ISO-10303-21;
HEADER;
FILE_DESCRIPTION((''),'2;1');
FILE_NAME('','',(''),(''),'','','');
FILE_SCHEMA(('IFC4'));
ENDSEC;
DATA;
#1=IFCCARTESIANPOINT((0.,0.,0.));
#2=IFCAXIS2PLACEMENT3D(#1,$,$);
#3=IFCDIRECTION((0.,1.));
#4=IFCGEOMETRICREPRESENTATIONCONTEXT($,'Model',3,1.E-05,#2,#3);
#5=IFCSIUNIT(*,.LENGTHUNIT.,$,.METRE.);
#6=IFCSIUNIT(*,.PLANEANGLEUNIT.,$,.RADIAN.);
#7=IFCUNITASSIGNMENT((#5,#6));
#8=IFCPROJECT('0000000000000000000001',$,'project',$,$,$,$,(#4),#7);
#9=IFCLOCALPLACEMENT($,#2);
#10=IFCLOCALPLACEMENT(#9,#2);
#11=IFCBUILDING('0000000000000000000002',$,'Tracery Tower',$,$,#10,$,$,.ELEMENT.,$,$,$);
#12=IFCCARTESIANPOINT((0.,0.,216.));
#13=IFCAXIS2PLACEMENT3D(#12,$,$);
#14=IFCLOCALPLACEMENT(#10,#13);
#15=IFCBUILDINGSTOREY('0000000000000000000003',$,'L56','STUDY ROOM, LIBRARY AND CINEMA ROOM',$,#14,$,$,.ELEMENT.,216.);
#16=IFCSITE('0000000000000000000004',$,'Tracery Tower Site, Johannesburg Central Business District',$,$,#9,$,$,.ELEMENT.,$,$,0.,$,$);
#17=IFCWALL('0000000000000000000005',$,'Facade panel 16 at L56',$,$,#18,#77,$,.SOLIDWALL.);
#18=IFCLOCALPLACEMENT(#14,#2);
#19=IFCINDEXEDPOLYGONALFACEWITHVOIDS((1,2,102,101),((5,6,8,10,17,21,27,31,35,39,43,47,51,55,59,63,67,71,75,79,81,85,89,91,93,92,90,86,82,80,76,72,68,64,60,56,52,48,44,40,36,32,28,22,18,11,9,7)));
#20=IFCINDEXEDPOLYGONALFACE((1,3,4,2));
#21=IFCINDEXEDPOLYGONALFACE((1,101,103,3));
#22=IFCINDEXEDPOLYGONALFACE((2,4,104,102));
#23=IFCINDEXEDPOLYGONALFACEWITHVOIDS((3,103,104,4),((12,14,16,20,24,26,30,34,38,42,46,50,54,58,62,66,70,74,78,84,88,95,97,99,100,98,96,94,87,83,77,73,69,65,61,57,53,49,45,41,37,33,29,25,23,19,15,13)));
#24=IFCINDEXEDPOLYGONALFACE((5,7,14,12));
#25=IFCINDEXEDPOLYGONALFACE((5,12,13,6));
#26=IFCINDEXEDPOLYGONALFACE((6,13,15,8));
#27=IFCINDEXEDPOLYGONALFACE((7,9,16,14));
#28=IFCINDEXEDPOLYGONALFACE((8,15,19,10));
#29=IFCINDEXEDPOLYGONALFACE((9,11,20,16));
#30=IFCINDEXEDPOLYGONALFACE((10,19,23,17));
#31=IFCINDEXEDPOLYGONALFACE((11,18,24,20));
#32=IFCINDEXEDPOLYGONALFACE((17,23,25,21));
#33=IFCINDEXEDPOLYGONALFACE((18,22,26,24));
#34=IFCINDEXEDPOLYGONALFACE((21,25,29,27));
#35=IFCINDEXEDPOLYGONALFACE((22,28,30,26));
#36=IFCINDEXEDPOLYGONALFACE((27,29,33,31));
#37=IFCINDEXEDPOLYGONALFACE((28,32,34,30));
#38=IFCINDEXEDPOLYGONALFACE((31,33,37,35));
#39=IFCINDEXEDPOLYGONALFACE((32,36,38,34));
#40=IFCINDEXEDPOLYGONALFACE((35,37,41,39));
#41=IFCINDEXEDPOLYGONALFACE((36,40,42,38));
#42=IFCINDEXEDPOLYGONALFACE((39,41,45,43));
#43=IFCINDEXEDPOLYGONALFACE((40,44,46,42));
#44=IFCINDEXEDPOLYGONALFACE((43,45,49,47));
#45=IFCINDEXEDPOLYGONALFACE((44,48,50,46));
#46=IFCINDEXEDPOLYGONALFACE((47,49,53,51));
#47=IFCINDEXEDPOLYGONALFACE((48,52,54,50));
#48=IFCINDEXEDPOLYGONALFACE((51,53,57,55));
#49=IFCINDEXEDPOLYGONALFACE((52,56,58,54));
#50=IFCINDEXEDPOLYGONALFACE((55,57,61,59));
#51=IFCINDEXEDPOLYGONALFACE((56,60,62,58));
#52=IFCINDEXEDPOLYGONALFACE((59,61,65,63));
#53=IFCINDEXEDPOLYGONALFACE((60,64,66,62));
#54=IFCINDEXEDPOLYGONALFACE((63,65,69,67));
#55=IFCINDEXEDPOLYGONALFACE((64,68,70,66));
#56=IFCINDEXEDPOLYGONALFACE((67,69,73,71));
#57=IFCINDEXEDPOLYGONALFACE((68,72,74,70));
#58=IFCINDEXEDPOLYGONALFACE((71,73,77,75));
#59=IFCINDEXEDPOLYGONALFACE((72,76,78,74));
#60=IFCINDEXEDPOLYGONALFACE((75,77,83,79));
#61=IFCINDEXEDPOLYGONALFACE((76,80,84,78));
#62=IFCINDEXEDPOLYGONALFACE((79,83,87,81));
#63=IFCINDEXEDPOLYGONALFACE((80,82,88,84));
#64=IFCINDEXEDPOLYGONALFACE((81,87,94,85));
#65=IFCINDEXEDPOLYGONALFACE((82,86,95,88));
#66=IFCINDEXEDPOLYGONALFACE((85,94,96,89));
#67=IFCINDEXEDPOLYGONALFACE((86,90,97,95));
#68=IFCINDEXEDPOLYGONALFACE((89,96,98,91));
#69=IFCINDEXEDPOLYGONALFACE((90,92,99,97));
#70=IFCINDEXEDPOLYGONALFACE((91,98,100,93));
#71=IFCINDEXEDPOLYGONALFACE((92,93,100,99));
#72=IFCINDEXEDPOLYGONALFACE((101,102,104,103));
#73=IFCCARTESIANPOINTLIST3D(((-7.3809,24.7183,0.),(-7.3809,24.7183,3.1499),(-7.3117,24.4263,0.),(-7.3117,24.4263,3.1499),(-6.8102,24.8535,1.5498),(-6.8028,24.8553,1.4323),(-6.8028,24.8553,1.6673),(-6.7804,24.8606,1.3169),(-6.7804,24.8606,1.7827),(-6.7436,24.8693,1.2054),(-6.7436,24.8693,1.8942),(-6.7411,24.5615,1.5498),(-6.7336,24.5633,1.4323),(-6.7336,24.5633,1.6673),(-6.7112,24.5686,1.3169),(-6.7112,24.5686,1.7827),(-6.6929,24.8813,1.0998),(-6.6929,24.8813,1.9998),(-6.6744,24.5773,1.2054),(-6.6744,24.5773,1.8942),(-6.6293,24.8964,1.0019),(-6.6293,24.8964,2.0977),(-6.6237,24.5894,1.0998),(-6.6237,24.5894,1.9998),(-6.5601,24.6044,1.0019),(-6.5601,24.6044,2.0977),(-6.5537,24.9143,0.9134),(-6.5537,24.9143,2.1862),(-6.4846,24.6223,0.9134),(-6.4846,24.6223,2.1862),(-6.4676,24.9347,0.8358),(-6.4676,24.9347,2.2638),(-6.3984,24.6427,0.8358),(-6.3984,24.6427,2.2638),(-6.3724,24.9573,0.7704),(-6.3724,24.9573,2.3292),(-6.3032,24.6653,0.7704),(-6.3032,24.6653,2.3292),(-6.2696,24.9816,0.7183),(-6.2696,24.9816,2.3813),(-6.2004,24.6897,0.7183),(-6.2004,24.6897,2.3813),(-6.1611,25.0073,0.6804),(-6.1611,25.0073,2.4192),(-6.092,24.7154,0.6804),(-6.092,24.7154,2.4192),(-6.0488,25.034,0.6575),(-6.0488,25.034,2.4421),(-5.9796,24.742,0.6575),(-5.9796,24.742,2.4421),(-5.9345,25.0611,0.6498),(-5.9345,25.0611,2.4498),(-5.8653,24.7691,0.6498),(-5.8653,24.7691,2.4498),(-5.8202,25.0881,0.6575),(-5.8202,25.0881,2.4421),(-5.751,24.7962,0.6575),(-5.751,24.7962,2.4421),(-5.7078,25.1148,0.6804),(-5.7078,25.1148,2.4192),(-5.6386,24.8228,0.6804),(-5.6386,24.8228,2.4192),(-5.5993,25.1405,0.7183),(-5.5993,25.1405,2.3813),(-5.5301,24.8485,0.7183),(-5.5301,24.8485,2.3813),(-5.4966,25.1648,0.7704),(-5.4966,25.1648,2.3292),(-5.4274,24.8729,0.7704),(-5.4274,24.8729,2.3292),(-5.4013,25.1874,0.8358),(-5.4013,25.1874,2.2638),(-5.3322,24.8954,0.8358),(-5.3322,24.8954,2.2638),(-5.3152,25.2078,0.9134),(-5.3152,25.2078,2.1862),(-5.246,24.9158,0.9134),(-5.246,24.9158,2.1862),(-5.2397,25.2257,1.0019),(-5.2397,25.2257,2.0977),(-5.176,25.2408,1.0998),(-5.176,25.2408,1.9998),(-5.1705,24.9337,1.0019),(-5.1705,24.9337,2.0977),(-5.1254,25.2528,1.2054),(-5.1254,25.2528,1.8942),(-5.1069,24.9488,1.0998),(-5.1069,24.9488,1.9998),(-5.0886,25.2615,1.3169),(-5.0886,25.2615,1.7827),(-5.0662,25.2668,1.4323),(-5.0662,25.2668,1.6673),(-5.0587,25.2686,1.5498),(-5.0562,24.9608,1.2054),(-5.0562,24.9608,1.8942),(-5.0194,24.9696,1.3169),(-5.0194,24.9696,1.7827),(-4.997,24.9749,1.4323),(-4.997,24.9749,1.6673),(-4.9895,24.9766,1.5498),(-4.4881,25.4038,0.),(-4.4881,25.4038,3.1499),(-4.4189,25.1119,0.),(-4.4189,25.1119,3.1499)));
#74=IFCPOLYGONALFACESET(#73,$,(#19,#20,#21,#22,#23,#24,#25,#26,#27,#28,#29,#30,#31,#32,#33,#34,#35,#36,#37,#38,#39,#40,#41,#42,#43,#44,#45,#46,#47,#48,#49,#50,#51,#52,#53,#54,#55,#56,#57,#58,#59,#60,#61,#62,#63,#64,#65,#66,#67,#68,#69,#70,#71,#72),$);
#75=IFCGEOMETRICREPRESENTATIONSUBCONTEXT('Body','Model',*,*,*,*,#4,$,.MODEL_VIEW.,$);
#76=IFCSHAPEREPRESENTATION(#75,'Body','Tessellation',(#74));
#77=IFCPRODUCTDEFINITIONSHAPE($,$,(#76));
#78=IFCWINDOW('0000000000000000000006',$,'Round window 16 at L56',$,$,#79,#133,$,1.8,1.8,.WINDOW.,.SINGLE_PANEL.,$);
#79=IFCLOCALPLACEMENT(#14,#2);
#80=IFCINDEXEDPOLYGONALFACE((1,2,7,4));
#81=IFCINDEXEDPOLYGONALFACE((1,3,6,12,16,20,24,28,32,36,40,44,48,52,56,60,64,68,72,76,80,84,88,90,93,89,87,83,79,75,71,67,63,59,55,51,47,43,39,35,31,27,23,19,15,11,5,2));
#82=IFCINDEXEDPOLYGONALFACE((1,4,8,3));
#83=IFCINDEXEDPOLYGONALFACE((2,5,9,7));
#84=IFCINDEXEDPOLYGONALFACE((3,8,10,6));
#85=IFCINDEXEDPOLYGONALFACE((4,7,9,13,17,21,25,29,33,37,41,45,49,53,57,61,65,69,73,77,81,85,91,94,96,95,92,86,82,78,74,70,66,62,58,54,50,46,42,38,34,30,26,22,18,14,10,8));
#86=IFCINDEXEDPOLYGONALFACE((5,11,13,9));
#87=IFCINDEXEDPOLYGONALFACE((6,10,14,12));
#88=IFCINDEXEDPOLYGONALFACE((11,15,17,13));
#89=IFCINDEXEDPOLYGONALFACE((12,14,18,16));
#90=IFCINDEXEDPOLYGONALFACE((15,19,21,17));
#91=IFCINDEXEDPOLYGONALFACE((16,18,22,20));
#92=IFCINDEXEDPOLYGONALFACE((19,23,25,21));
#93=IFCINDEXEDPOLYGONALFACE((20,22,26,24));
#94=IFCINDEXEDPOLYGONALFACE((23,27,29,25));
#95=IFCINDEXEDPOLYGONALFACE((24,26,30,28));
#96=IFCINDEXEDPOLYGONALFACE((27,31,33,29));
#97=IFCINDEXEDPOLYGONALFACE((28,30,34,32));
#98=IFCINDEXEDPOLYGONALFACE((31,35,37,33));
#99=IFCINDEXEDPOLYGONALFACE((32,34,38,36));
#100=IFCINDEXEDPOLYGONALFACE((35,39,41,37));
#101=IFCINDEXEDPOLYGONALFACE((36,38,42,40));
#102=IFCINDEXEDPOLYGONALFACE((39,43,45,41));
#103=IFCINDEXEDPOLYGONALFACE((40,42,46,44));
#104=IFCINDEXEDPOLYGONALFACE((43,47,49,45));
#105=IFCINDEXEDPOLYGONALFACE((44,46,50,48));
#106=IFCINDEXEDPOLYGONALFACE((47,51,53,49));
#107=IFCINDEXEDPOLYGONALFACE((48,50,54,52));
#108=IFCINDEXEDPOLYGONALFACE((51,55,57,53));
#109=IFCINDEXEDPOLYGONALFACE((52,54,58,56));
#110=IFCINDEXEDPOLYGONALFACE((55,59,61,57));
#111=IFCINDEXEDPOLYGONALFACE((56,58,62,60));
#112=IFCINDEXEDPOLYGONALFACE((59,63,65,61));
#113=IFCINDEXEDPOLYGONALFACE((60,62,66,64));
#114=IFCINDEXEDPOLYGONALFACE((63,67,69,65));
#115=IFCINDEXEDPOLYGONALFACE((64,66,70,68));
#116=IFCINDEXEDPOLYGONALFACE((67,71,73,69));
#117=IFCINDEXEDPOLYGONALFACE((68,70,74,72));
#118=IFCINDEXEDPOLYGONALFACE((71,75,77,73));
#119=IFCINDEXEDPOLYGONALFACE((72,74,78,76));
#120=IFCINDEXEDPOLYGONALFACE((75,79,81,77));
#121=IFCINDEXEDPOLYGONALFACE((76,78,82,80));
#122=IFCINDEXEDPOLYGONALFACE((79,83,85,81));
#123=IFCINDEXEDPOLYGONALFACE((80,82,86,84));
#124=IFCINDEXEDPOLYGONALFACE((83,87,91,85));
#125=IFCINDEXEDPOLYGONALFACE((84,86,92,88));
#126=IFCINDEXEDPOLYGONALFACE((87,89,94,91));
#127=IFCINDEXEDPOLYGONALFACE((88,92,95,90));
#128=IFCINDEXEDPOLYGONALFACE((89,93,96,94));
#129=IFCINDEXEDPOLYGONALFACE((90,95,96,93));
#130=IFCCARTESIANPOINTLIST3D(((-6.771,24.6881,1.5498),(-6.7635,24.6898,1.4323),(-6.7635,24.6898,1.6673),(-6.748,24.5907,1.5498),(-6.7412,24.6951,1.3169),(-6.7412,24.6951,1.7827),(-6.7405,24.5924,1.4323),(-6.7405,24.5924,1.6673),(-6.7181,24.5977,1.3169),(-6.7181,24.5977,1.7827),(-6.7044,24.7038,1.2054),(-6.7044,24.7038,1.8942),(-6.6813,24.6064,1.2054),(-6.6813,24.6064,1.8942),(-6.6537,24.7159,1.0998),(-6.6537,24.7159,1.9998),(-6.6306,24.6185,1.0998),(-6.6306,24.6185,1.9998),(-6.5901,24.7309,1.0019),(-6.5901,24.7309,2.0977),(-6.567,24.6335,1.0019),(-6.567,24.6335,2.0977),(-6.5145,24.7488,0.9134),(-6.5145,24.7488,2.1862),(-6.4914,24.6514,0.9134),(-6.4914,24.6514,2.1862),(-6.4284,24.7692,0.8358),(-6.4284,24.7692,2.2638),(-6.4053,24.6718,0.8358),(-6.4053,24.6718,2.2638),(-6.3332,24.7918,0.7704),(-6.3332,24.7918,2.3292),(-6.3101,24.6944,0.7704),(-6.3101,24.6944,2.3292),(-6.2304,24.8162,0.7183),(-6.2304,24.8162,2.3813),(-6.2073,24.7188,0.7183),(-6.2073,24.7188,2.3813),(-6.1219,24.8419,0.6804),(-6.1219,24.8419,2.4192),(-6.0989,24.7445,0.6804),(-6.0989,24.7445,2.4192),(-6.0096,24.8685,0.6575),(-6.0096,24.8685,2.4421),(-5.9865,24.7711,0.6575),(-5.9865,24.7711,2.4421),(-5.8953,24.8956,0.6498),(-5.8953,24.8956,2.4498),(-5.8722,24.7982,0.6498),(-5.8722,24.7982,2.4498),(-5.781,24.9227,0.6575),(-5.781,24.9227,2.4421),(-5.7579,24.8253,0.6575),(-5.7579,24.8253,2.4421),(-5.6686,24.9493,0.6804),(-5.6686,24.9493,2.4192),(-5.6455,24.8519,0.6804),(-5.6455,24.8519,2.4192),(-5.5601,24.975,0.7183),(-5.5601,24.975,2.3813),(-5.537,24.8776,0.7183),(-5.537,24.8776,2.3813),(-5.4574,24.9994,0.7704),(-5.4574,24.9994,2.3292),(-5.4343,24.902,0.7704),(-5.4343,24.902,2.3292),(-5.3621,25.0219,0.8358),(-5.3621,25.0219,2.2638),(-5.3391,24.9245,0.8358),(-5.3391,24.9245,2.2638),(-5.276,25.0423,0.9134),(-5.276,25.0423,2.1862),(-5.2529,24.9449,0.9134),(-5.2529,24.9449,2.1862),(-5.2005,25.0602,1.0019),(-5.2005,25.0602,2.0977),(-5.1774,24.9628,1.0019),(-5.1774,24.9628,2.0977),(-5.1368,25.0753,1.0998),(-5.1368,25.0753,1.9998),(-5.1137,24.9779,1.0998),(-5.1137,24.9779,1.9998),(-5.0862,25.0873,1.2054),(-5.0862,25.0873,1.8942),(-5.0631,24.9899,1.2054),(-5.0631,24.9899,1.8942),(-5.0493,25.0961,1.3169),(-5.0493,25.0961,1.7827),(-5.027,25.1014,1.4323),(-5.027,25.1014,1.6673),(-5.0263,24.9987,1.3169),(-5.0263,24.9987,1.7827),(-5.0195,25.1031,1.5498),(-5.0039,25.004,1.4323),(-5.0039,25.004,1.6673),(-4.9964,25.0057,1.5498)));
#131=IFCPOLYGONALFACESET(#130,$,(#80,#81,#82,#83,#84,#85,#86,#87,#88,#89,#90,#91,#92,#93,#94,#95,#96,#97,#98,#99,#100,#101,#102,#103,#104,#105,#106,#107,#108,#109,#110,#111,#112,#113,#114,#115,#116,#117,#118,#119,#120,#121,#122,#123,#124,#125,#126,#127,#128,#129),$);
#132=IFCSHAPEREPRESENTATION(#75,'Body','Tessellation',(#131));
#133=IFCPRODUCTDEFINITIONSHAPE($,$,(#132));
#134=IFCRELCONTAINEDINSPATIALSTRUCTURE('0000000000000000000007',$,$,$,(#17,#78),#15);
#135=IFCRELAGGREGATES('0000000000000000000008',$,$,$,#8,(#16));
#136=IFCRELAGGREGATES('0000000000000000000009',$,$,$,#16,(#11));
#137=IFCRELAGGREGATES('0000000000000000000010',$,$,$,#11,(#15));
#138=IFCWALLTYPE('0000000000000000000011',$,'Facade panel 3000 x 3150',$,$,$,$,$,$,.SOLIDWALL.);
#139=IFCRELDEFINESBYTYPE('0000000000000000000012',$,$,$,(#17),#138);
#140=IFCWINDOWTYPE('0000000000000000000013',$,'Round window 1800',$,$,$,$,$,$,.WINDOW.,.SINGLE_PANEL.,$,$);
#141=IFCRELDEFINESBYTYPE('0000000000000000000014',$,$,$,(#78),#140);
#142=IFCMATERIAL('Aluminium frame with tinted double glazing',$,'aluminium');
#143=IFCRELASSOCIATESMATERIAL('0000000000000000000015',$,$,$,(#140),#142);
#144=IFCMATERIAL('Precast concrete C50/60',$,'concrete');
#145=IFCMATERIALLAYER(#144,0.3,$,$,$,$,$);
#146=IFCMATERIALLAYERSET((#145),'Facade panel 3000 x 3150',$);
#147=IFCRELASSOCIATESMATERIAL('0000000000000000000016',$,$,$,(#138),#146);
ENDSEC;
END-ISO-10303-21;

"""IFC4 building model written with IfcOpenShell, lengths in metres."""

from ifc_helpers import new_model, si_unit, direction, frame, frame_2d, origin, origin_2d, place, context, subcontext, project, spatial, rectangle, circle, extrude, material, layer, layer_set, type_object, element, fill, save


model = new_model("IFC4")

# Units and contexts
model_context = context("Model", 3, precision=1e-05, world=origin(), true_north=direction((0.0, 1.0)))
body_context = subcontext(model_context, "Body", "Model", "MODEL_VIEW")
ifc_project = project(units=[si_unit("LENGTHUNIT", "METRE"), si_unit("PLANEANGLEUNIT", "RADIAN")], contexts=[model_context])

# Site, building, storey
site_placement = place(None, origin())
site = spatial("IfcSite", under=ifc_project, at=site_placement, Name="Tracery Tower Site, Johannesburg Central Business District", CompositionType="ELEMENT", RefElevation=0.0)
building_placement = place(site_placement, origin())
building = spatial("IfcBuilding", under=site, at=building_placement, Name="Tracery Tower", CompositionType="ELEMENT")
storey_placement = place(building_placement, frame((0.0, 0.0, 216.0)))
storey = spatial("IfcBuildingStorey", under=building, at=storey_placement, Name="L56", Description="STUDY ROOM, LIBRARY AND CINEMA ROOM", CompositionType="ELEMENT", Elevation=216.0)

# Wall, opening, window
ifc_material_1 = material(Name="Aluminium frame with tinted double glazing", Category="aluminium")
window_type = type_object("IfcWindowType", Name="Round window 1800", PartitioningType="SINGLE_PANEL", PredefinedType="WINDOW", material=ifc_material_1)
ifc_material_2 = material(Name="Precast concrete C50/60", Category="concrete")
ifc_layer_1 = layer(ifc_material_2, 0.3)
ifc_layer_set_1 = layer_set([ifc_layer_1], Name="Facade panel 3000 x 3150")
wall_type_1 = type_object("IfcWallType", Name="Facade panel 3000 x 3150", PredefinedType="SOLIDWALL", material=ifc_layer_set_1)
wall_1_placement = place(storey_placement, frame((-4.4536, 25.2578, 0.0), z_axis=(0.0, 0.0, 1.0), x_axis=(-0.97305, -0.230595, 0.0)))
wall_1 = element("IfcWall", 1, at=wall_1_placement, inside=storey, type_object=wall_type_1, Name="Facade panel 16 at L56", PredefinedType="SOLIDWALL", context=body_context, shape_type="SweptSolid", body=[
    extrude(rectangle(XDim=2.9729, YDim=0.3, at=frame_2d((1.4863, 0.0))), origin(), (0.0, 0.0, 1.0), 3.1499),
])
opening_1_placement = place(wall_1_placement, frame((1.4863, 0.0, 1.5498)))
opening_1 = element("IfcOpeningElement", 2, at=opening_1_placement, cuts=wall_1, PredefinedType="OPENING", context=body_context, shape_type="SweptSolid", body=[
    extrude(circle(Radius=0.9, at=origin_2d()), frame((0.0, 0.1599, 0.0), z_axis=(0.0, -1.0, 0.0), x_axis=(1.0, 0.0, 0.0)), (0.0, 0.0, 1.0), 0.3201),
])
window_1_placement = place(opening_1_placement, origin())
window_1 = element("IfcWindow", 3, at=window_1_placement, inside=storey, type_object=window_type, Name="Round window 16 at L56", OverallHeight=1.8, OverallWidth=1.8, PartitioningType="SINGLE_PANEL", PredefinedType="WINDOW", context=body_context, shape_type="SweptSolid", body=[
    extrude(circle(Radius=0.9, at=origin_2d()), frame((0.0, 0.1201, 0.0), z_axis=(0.0, -1.0, 0.0), x_axis=(1.0, 0.0, 0.0)), (0.0, 0.0, 1.0), 0.1001),
])
fill(opening_1, window_1)

save(model, "model.ifc")
